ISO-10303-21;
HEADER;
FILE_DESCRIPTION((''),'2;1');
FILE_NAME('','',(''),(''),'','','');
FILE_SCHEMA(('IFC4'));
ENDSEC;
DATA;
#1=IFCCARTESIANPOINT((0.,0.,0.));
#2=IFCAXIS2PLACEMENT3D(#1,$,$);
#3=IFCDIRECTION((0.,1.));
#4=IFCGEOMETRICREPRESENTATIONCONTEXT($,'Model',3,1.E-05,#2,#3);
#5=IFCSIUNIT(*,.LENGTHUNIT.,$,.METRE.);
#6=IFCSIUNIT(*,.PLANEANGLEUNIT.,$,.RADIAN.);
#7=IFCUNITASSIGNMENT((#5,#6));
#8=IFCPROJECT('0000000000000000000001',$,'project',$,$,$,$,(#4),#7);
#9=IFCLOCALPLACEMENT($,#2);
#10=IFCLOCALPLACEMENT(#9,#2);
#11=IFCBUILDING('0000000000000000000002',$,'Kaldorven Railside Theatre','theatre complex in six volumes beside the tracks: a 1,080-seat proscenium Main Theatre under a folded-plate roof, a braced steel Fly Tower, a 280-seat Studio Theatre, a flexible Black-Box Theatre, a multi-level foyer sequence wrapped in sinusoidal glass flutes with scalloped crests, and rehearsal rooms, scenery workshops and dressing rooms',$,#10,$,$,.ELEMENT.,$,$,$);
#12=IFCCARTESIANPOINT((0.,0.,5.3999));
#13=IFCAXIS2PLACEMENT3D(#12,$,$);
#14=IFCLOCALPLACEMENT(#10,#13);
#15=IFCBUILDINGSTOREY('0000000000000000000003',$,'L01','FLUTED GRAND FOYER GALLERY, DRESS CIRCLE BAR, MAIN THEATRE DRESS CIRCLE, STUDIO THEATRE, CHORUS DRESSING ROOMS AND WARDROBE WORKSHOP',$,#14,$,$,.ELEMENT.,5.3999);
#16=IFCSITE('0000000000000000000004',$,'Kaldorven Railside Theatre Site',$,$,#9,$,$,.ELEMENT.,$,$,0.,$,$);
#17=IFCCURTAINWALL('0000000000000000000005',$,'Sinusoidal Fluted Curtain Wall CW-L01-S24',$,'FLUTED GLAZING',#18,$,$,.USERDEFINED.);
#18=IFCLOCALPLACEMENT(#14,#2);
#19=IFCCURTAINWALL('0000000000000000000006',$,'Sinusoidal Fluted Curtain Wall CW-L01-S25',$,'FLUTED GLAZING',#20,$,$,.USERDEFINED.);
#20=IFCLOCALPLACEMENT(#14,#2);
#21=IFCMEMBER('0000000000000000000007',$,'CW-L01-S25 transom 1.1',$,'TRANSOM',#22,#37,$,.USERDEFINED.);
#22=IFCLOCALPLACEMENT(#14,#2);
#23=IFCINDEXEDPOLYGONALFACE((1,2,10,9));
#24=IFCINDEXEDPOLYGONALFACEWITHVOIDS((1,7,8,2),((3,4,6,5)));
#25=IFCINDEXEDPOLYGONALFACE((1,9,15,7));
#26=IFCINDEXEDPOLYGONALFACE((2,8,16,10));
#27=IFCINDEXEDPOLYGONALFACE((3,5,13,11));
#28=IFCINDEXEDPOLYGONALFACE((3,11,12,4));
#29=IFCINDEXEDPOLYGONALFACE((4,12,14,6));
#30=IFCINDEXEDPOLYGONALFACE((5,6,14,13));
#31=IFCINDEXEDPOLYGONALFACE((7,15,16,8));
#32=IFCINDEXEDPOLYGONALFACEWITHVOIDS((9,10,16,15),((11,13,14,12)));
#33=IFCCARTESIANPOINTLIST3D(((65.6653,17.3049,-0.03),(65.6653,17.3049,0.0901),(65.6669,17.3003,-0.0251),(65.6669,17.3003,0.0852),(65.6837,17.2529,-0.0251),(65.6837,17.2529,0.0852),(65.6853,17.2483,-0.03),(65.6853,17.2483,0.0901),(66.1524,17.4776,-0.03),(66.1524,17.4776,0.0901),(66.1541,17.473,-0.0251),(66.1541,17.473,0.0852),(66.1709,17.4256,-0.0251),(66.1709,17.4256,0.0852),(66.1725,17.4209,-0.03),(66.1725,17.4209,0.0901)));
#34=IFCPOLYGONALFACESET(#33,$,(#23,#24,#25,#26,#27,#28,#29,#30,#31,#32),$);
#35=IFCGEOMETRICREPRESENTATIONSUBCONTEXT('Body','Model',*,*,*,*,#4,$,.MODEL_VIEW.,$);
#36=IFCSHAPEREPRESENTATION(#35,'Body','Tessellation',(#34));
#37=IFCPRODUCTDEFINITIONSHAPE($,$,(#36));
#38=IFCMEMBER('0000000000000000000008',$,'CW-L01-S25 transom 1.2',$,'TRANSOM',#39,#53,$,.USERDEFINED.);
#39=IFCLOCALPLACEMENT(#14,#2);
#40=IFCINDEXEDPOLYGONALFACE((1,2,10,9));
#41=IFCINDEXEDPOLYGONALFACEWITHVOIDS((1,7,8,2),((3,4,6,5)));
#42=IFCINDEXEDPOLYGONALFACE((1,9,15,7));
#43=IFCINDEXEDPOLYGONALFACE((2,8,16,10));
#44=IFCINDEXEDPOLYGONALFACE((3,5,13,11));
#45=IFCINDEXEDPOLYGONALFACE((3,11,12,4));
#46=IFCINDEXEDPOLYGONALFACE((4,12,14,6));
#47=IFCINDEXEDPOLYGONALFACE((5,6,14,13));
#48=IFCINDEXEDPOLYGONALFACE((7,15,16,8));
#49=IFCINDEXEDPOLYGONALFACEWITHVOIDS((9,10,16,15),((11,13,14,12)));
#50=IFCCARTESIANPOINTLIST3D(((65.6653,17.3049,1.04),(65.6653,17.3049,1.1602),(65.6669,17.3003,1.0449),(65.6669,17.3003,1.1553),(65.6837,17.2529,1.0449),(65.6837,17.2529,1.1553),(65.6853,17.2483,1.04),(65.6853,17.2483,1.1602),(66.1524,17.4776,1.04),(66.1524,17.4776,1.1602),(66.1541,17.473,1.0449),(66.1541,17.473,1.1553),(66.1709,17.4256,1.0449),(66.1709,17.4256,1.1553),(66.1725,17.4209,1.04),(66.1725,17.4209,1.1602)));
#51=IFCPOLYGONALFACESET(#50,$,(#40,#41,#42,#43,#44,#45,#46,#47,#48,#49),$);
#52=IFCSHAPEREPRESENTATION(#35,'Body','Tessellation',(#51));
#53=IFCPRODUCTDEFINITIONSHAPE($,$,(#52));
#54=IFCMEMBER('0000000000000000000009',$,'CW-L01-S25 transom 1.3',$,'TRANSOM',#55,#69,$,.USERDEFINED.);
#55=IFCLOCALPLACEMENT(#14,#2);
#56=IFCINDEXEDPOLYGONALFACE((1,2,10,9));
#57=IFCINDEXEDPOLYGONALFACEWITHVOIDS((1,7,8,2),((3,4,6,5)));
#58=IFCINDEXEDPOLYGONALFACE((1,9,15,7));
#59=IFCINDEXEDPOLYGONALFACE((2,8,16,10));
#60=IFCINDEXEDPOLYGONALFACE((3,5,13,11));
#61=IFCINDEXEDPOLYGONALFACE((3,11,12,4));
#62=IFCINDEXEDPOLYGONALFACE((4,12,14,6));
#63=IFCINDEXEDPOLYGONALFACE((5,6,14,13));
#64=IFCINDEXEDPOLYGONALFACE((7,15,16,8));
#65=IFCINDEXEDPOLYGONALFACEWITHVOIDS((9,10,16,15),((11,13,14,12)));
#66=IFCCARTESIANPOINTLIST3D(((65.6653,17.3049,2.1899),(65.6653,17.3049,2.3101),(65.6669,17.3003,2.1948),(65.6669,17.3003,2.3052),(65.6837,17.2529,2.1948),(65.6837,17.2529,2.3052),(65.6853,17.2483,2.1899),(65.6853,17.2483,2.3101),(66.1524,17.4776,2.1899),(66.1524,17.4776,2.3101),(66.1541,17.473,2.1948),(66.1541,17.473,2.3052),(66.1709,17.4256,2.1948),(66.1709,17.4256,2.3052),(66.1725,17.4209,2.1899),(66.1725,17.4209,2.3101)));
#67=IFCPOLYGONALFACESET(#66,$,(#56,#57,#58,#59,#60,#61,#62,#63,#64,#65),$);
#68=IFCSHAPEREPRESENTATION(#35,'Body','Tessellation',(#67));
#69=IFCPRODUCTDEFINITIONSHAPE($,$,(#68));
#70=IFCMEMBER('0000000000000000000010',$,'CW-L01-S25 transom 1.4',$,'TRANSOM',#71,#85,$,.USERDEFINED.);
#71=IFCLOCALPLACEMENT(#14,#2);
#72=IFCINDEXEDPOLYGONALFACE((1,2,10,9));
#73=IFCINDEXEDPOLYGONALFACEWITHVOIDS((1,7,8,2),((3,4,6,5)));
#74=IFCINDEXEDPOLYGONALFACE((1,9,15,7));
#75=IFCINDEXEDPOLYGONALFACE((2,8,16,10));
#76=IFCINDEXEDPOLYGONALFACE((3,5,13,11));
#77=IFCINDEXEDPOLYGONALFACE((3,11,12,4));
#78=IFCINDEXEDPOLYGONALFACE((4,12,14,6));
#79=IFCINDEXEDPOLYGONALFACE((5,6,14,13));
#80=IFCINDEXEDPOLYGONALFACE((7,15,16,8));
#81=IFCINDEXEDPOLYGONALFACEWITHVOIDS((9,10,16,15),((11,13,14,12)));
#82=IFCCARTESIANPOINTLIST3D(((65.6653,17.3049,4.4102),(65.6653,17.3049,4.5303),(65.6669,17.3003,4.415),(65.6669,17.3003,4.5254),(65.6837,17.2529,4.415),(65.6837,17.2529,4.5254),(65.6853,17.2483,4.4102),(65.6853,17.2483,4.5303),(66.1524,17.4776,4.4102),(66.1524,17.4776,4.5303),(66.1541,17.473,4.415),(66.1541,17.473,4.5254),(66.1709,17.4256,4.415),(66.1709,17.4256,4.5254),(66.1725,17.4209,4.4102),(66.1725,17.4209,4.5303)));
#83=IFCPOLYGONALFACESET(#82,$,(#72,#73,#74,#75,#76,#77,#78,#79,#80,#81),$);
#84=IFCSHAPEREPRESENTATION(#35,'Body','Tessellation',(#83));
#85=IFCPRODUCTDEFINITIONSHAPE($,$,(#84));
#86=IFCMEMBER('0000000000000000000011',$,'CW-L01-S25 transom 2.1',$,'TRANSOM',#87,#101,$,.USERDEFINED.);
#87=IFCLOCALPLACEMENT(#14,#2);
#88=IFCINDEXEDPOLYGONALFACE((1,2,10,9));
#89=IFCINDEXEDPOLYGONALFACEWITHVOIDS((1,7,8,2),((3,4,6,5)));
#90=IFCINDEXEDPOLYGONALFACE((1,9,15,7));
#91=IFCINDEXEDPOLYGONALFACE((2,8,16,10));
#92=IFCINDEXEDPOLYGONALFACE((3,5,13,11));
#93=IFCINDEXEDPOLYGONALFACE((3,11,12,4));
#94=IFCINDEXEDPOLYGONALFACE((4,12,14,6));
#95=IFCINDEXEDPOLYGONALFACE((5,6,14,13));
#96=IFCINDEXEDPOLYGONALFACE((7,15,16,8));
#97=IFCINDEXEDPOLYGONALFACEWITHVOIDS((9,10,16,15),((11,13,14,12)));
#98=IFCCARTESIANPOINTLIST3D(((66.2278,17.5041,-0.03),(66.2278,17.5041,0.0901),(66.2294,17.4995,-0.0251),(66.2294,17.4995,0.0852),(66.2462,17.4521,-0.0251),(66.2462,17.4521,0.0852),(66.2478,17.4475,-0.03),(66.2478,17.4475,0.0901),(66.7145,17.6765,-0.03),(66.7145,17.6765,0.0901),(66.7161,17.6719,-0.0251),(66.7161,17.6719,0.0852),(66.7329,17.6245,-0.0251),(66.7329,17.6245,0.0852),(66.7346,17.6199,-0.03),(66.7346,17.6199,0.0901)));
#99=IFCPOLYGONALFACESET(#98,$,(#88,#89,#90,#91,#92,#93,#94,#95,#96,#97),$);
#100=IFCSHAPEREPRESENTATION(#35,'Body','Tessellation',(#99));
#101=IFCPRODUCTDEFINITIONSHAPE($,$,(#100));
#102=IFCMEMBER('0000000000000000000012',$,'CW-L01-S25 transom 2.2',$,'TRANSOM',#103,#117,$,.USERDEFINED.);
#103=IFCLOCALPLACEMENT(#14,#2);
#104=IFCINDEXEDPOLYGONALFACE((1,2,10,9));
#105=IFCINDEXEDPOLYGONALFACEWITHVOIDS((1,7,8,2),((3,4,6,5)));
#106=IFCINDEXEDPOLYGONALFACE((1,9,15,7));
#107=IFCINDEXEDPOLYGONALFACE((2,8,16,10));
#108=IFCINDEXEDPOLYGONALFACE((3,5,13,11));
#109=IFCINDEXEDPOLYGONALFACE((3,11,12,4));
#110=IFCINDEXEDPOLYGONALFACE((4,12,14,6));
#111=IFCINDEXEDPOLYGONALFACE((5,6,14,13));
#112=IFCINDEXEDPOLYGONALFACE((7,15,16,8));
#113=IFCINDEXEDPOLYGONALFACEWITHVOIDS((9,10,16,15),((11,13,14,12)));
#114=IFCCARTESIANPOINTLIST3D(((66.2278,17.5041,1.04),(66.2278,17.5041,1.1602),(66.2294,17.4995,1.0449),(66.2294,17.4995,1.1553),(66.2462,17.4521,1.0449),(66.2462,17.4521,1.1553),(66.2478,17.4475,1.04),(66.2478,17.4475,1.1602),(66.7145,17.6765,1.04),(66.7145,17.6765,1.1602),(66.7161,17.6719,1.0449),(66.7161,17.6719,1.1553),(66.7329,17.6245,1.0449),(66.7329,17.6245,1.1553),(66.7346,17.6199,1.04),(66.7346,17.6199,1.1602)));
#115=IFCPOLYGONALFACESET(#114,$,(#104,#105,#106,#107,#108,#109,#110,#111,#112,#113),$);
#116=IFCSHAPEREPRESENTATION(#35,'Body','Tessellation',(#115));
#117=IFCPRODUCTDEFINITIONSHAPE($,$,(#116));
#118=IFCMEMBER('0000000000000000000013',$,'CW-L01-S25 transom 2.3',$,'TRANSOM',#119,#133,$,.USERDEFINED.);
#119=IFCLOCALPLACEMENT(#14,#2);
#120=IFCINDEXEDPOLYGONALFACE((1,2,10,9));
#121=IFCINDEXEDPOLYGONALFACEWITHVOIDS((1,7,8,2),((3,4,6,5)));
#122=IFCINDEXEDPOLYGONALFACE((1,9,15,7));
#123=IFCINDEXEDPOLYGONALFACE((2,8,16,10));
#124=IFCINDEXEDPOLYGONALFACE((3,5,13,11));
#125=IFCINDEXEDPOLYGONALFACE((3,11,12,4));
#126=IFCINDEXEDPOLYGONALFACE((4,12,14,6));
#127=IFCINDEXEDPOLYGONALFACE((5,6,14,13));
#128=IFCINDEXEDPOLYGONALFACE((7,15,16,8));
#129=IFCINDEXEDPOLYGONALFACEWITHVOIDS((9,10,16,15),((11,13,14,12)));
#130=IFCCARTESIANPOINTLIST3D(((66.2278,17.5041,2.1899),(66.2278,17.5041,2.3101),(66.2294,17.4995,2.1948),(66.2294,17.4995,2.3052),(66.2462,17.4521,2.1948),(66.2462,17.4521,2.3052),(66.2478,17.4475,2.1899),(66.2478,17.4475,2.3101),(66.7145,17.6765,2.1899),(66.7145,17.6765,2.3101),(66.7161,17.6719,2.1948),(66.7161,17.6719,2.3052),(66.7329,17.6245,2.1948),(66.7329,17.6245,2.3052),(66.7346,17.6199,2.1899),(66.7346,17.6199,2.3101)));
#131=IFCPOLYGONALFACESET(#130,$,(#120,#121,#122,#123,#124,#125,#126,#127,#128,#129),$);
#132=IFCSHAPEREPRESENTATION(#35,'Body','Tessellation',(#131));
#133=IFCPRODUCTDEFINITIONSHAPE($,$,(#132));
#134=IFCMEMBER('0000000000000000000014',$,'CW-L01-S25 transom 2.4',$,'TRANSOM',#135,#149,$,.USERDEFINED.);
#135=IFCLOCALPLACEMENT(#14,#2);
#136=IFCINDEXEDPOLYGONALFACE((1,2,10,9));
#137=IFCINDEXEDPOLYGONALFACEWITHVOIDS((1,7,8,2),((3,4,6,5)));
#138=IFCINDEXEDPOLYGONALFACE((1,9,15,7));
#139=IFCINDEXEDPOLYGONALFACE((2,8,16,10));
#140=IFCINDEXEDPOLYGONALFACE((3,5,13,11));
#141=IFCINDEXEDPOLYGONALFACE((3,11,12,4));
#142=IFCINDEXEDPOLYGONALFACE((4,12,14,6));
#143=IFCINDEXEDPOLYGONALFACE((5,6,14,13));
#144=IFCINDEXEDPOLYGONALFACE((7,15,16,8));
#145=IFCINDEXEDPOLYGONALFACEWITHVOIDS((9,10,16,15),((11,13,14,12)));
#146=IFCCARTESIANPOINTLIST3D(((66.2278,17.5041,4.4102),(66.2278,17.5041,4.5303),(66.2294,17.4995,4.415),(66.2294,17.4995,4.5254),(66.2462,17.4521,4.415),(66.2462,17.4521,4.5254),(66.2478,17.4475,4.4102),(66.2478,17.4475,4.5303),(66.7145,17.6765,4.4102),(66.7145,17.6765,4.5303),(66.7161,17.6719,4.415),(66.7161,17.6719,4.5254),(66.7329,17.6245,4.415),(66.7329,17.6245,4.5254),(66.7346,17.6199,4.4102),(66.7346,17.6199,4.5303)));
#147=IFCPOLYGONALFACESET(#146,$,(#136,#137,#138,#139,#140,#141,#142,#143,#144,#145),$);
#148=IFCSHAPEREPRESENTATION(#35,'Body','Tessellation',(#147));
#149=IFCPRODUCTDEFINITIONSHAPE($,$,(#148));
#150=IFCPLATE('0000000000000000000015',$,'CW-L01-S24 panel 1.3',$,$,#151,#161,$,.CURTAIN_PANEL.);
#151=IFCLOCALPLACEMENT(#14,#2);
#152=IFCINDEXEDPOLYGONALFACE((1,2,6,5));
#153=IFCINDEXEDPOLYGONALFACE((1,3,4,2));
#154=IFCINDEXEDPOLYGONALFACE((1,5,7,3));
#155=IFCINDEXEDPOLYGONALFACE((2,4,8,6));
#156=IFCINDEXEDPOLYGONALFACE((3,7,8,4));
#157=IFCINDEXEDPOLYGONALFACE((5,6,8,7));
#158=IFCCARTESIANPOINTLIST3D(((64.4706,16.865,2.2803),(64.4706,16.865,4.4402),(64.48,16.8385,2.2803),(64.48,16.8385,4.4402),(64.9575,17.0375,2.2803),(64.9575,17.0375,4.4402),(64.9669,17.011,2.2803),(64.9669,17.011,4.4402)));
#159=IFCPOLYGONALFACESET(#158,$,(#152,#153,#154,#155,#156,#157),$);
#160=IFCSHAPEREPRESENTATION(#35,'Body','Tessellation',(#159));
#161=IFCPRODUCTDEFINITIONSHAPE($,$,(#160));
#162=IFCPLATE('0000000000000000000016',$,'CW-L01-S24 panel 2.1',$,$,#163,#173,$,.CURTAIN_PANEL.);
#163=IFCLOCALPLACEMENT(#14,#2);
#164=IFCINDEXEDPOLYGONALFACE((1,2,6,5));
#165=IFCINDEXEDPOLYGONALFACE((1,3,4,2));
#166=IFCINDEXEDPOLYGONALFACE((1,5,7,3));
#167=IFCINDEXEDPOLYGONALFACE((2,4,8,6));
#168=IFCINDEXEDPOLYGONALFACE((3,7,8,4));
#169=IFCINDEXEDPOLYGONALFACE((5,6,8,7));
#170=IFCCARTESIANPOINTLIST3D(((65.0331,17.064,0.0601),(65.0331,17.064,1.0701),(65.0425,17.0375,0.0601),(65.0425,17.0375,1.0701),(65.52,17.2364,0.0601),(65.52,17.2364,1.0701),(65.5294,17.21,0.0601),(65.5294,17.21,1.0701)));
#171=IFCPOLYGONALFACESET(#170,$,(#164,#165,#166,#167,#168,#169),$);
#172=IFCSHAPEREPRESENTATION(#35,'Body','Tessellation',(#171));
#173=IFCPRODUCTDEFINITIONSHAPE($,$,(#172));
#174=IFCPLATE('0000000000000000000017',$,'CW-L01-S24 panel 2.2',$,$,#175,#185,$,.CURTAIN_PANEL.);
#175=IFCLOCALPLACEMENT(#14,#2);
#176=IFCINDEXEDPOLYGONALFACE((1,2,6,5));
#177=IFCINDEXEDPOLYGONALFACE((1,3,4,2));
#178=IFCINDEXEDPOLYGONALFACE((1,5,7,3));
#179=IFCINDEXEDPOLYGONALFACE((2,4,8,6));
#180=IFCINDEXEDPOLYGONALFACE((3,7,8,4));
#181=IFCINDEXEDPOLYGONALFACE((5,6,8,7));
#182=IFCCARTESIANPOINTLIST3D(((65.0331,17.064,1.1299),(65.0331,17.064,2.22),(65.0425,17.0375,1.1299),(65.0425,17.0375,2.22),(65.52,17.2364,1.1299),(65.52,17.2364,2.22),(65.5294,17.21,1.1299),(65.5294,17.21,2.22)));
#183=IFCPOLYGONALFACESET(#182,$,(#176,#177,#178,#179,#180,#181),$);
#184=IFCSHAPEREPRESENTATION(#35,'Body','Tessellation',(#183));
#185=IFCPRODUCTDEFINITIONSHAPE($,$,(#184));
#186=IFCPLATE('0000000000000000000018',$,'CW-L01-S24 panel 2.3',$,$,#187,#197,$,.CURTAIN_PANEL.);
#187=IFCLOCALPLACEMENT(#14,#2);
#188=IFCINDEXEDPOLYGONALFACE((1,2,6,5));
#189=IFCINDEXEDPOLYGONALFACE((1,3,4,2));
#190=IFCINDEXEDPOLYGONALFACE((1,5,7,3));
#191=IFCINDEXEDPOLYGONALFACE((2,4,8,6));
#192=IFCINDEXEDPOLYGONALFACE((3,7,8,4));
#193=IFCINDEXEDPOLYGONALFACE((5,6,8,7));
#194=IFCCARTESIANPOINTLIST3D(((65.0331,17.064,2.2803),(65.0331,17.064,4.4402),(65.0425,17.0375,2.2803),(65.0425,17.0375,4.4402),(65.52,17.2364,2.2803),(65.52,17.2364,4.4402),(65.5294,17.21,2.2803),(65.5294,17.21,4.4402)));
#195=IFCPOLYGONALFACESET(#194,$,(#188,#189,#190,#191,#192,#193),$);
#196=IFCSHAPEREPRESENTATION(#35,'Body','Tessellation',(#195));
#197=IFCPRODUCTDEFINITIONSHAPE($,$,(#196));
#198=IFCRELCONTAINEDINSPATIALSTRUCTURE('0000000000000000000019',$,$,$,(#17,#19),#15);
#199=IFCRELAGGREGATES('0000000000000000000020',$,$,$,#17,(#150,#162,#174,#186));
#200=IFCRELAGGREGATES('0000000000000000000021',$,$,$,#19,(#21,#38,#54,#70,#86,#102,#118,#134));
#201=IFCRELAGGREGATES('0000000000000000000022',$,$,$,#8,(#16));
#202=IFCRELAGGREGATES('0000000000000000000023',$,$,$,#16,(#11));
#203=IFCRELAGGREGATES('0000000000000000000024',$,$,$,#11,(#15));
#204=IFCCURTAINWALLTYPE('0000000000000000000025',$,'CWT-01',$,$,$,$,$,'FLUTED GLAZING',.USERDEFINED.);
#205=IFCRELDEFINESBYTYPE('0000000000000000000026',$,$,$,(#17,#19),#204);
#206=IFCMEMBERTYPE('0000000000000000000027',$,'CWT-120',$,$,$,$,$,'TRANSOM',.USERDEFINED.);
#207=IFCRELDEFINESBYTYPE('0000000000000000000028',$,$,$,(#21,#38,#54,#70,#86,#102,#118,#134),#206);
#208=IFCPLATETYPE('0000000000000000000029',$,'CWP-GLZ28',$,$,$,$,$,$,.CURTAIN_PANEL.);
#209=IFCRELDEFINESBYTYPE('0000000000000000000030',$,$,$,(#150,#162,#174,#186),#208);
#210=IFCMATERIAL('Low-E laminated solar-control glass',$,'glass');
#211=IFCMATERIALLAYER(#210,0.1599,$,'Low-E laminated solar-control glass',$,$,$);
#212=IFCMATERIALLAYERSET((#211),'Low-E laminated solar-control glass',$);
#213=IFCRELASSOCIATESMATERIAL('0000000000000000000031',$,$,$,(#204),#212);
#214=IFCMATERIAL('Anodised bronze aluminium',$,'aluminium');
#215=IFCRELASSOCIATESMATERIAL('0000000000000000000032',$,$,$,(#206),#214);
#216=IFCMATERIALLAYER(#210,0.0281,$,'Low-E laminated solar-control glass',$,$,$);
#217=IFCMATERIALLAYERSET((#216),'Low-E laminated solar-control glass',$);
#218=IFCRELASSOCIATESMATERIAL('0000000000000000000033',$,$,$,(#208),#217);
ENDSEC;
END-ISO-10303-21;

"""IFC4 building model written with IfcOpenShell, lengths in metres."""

from ifc_helpers import new_model, si_unit, direction, frame, origin, origin_2d, place, context, subcontext, project, spatial, rectangle, hollow_rectangle, extrude, material, layer, layer_set, material_profile, profile_set, type_object, element, aggregate, save


model = new_model("IFC4")

# Units and contexts
model_context = context("Model", 3, precision=1e-05, world=origin(), true_north=direction((0.0, 1.0)))
body_context = subcontext(model_context, "Body", "Model", "MODEL_VIEW")
ifc_project = project(units=[si_unit("LENGTHUNIT", "METRE"), si_unit("PLANEANGLEUNIT", "RADIAN")], contexts=[model_context])

# Site, building, storey
site_placement = place(None, origin())
site = spatial("IfcSite", under=ifc_project, at=site_placement, Name="Kaldorven Railside Theatre Site", CompositionType="ELEMENT", RefElevation=0.0)
building_placement = place(site_placement, origin())
building = spatial("IfcBuilding", under=site, at=building_placement, Name="Kaldorven Railside Theatre", Description="theatre complex in six volumes beside the tracks: a 1,080-seat proscenium Main Theatre under a folded-plate roof, a braced steel Fly Tower, a 280-seat Studio Theatre, a flexible Black-Box Theatre, a multi-level foyer sequence wrapped in sinusoidal glass flutes with scalloped crests, and rehearsal rooms, scenery workshops and dressing rooms", CompositionType="ELEMENT")
storey_placement = place(building_placement, frame((0.0, 0.0, 5.3999)))
storey = spatial("IfcBuildingStorey", under=building, at=storey_placement, Name="L01", Description="FLUTED GRAND FOYER GALLERY, DRESS CIRCLE BAR, MAIN THEATRE DRESS CIRCLE, STUDIO THEATRE, CHORUS DRESSING ROOMS AND WARDROBE WORKSHOP", CompositionType="ELEMENT", Elevation=5.3999)

# Curtain walls
ifc_material_1 = material(Name="Low-E laminated solar-control glass", Category="glass")
ifc_layer_1 = layer(ifc_material_1, 0.1599, Name="Low-E laminated solar-control glass")
ifc_layer_set_1 = layer_set([ifc_layer_1], Name="Low-E laminated solar-control glass")
curtain_wall_type = type_object("IfcCurtainWallType", Name="CWT-01", ElementType="FLUTED GLAZING", PredefinedType="USERDEFINED", material=ifc_layer_set_1)
curtain_wall_1_placement = place(storey_placement, origin())
curtain_wall_1 = element("IfcCurtainWall", 1, at=curtain_wall_1_placement, inside=storey, type_object=curtain_wall_type, Name="Sinusoidal Fluted Curtain Wall CW-L01-S24", ObjectType="FLUTED GLAZING", PredefinedType="USERDEFINED")
ifc_material_2 = material(Name="Anodised bronze aluminium", Category="aluminium")
curtain_wall_2_placement = place(storey_placement, origin())
curtain_wall_2 = element("IfcCurtainWall", 2, at=curtain_wall_2_placement, inside=storey, type_object=curtain_wall_type, Name="Sinusoidal Fluted Curtain Wall CW-L01-S25", ObjectType="FLUTED GLAZING", PredefinedType="USERDEFINED")

# Members
ifc_material_profile_1 = material_profile(ifc_material_2, hollow_rectangle(XDim=0.0601, YDim=0.1201, WallThickness=0.0049, at=origin_2d()), Name="RHS 120x60x5")
ifc_profile_set_1 = profile_set([ifc_material_profile_1], Name="Anodised bronze aluminium")
member_type_1 = type_object("IfcMemberType", Name="CWT-120", ElementType="TRANSOM", PredefinedType="USERDEFINED", material=ifc_profile_set_1)
member_1_placement = place(storey_placement, frame((65.6753, 17.2766, 0.03), z_axis=(0.942562, 0.334031, 0.0), x_axis=(-0.334031, 0.942562, 0.0)))
member_1 = element("IfcMember", 3, at=member_1_placement, type_object=member_type_1, Name="CW-L01-S25 transom 1.1", ObjectType="TRANSOM", PredefinedType="USERDEFINED", context=body_context, shape_type="SweptSolid", body=[
    extrude(hollow_rectangle(XDim=0.0601, YDim=0.1201, WallThickness=0.0049, at=origin_2d()), origin(), (0.0, 0.0, 1.0), 0.5168),
])
member_2_placement = place(storey_placement, frame((65.6753, 17.2766, 1.1001), z_axis=(0.942562, 0.334031, 0.0), x_axis=(-0.334031, 0.942562, 0.0)))
member_2 = element("IfcMember", 4, at=member_2_placement, type_object=member_type_1, Name="CW-L01-S25 transom 1.2", ObjectType="TRANSOM", PredefinedType="USERDEFINED", context=body_context, shape_type="SweptSolid", body=[
    extrude(hollow_rectangle(XDim=0.0601, YDim=0.1201, WallThickness=0.0049, at=origin_2d()), origin(), (0.0, 0.0, 1.0), 0.5168),
])
member_3_placement = place(storey_placement, frame((65.6753, 17.2766, 2.25), z_axis=(0.942562, 0.334031, 0.0), x_axis=(-0.334031, 0.942562, 0.0)))
member_3 = element("IfcMember", 5, at=member_3_placement, type_object=member_type_1, Name="CW-L01-S25 transom 1.3", ObjectType="TRANSOM", PredefinedType="USERDEFINED", context=body_context, shape_type="SweptSolid", body=[
    extrude(hollow_rectangle(XDim=0.0601, YDim=0.1201, WallThickness=0.0049, at=origin_2d()), origin(), (0.0, 0.0, 1.0), 0.5168),
])
member_4_placement = place(storey_placement, frame((65.6753, 17.2766, 4.4702), z_axis=(0.942562, 0.334031, 0.0), x_axis=(-0.334031, 0.942562, 0.0)))
member_4 = element("IfcMember", 6, at=member_4_placement, type_object=member_type_1, Name="CW-L01-S25 transom 1.4", ObjectType="TRANSOM", PredefinedType="USERDEFINED", context=body_context, shape_type="SweptSolid", body=[
    extrude(hollow_rectangle(XDim=0.0601, YDim=0.1201, WallThickness=0.0049, at=origin_2d()), origin(), (0.0, 0.0, 1.0), 0.5168),
])
member_5_placement = place(storey_placement, frame((66.2378, 17.4758, 0.03), z_axis=(0.942658, 0.33376, 0.0), x_axis=(-0.33376, 0.942658, 0.0)))
member_5 = element("IfcMember", 7, at=member_5_placement, type_object=member_type_1, Name="CW-L01-S25 transom 2.1", ObjectType="TRANSOM", PredefinedType="USERDEFINED", context=body_context, shape_type="SweptSolid", body=[
    extrude(hollow_rectangle(XDim=0.0601, YDim=0.1201, WallThickness=0.0049, at=origin_2d()), origin(), (0.0, 0.0, 1.0), 0.5164),
])
member_6_placement = place(storey_placement, frame((66.2378, 17.4758, 1.1001), z_axis=(0.942658, 0.33376, 0.0), x_axis=(-0.33376, 0.942658, 0.0)))
member_6 = element("IfcMember", 8, at=member_6_placement, type_object=member_type_1, Name="CW-L01-S25 transom 2.2", ObjectType="TRANSOM", PredefinedType="USERDEFINED", context=body_context, shape_type="SweptSolid", body=[
    extrude(hollow_rectangle(XDim=0.0601, YDim=0.1201, WallThickness=0.0049, at=origin_2d()), origin(), (0.0, 0.0, 1.0), 0.5164),
])
member_7_placement = place(storey_placement, frame((66.2378, 17.4758, 2.25), z_axis=(0.942658, 0.33376, 0.0), x_axis=(-0.33376, 0.942658, 0.0)))
member_7 = element("IfcMember", 9, at=member_7_placement, type_object=member_type_1, Name="CW-L01-S25 transom 2.3", ObjectType="TRANSOM", PredefinedType="USERDEFINED", context=body_context, shape_type="SweptSolid", body=[
    extrude(hollow_rectangle(XDim=0.0601, YDim=0.1201, WallThickness=0.0049, at=origin_2d()), origin(), (0.0, 0.0, 1.0), 0.5164),
])
member_8_placement = place(storey_placement, frame((66.2378, 17.4758, 4.4702), z_axis=(0.942658, 0.33376, 0.0), x_axis=(-0.33376, 0.942658, 0.0)))
member_8 = element("IfcMember", 10, at=member_8_placement, type_object=member_type_1, Name="CW-L01-S25 transom 2.4", ObjectType="TRANSOM", PredefinedType="USERDEFINED", context=body_context, shape_type="SweptSolid", body=[
    extrude(hollow_rectangle(XDim=0.0601, YDim=0.1201, WallThickness=0.0049, at=origin_2d()), origin(), (0.0, 0.0, 1.0), 0.5164),
])

# Plates
ifc_layer_2 = layer(ifc_material_1, 0.0281, Name="Low-E laminated solar-control glass")
ifc_layer_set_2 = layer_set([ifc_layer_2], Name="Low-E laminated solar-control glass")
plate_type = type_object("IfcPlateType", Name="CWP-GLZ28", PredefinedType="CURTAIN_PANEL", material=ifc_layer_set_2)
plate_1_placement = place(storey_placement, frame((64.7188, 16.938, 2.2803), z_axis=(0.0, 0.0, 1.0), x_axis=(0.942627, 0.333847, 0.0)))
plate_1 = element("IfcPlate", 11, at=plate_1_placement, type_object=plate_type, Name="CW-L01-S24 panel 1.3", PredefinedType="CURTAIN_PANEL", context=body_context, shape_type="SweptSolid", body=[
    extrude(rectangle(XDim=0.5166, YDim=0.0281, at=origin_2d()), origin(), (0.0, 0.0, 1.0), 2.1599),
])
plate_2_placement = place(storey_placement, frame((65.2812, 17.137, 0.0601), z_axis=(0.0, 0.0, 1.0), x_axis=(0.942627, 0.333847, 0.0)))
plate_2 = element("IfcPlate", 12, at=plate_2_placement, type_object=plate_type, Name="CW-L01-S24 panel 2.1", PredefinedType="CURTAIN_PANEL", context=body_context, shape_type="SweptSolid", body=[
    extrude(rectangle(XDim=0.5166, YDim=0.0281, at=origin_2d()), origin(), (0.0, 0.0, 1.0), 1.01),
])
plate_3_placement = place(storey_placement, frame((65.2812, 17.137, 1.1299), z_axis=(0.0, 0.0, 1.0), x_axis=(0.942627, 0.333847, 0.0)))
plate_3 = element("IfcPlate", 13, at=plate_3_placement, type_object=plate_type, Name="CW-L01-S24 panel 2.2", PredefinedType="CURTAIN_PANEL", context=body_context, shape_type="SweptSolid", body=[
    extrude(rectangle(XDim=0.5166, YDim=0.0281, at=origin_2d()), origin(), (0.0, 0.0, 1.0), 1.0901),
])
plate_4_placement = place(storey_placement, frame((65.2812, 17.137, 2.2803), z_axis=(0.0, 0.0, 1.0), x_axis=(0.942627, 0.333847, 0.0)))
plate_4 = element("IfcPlate", 14, at=plate_4_placement, type_object=plate_type, Name="CW-L01-S24 panel 2.3", PredefinedType="CURTAIN_PANEL", context=body_context, shape_type="SweptSolid", body=[
    extrude(rectangle(XDim=0.5166, YDim=0.0281, at=origin_2d()), origin(), (0.0, 0.0, 1.0), 2.1599),
])
aggregate(curtain_wall_1, [plate_1, plate_2, plate_3, plate_4])
aggregate(curtain_wall_2, [member_1, member_2, member_3, member_4, member_5, member_6, member_7, member_8])

save(model, "model.ifc")
